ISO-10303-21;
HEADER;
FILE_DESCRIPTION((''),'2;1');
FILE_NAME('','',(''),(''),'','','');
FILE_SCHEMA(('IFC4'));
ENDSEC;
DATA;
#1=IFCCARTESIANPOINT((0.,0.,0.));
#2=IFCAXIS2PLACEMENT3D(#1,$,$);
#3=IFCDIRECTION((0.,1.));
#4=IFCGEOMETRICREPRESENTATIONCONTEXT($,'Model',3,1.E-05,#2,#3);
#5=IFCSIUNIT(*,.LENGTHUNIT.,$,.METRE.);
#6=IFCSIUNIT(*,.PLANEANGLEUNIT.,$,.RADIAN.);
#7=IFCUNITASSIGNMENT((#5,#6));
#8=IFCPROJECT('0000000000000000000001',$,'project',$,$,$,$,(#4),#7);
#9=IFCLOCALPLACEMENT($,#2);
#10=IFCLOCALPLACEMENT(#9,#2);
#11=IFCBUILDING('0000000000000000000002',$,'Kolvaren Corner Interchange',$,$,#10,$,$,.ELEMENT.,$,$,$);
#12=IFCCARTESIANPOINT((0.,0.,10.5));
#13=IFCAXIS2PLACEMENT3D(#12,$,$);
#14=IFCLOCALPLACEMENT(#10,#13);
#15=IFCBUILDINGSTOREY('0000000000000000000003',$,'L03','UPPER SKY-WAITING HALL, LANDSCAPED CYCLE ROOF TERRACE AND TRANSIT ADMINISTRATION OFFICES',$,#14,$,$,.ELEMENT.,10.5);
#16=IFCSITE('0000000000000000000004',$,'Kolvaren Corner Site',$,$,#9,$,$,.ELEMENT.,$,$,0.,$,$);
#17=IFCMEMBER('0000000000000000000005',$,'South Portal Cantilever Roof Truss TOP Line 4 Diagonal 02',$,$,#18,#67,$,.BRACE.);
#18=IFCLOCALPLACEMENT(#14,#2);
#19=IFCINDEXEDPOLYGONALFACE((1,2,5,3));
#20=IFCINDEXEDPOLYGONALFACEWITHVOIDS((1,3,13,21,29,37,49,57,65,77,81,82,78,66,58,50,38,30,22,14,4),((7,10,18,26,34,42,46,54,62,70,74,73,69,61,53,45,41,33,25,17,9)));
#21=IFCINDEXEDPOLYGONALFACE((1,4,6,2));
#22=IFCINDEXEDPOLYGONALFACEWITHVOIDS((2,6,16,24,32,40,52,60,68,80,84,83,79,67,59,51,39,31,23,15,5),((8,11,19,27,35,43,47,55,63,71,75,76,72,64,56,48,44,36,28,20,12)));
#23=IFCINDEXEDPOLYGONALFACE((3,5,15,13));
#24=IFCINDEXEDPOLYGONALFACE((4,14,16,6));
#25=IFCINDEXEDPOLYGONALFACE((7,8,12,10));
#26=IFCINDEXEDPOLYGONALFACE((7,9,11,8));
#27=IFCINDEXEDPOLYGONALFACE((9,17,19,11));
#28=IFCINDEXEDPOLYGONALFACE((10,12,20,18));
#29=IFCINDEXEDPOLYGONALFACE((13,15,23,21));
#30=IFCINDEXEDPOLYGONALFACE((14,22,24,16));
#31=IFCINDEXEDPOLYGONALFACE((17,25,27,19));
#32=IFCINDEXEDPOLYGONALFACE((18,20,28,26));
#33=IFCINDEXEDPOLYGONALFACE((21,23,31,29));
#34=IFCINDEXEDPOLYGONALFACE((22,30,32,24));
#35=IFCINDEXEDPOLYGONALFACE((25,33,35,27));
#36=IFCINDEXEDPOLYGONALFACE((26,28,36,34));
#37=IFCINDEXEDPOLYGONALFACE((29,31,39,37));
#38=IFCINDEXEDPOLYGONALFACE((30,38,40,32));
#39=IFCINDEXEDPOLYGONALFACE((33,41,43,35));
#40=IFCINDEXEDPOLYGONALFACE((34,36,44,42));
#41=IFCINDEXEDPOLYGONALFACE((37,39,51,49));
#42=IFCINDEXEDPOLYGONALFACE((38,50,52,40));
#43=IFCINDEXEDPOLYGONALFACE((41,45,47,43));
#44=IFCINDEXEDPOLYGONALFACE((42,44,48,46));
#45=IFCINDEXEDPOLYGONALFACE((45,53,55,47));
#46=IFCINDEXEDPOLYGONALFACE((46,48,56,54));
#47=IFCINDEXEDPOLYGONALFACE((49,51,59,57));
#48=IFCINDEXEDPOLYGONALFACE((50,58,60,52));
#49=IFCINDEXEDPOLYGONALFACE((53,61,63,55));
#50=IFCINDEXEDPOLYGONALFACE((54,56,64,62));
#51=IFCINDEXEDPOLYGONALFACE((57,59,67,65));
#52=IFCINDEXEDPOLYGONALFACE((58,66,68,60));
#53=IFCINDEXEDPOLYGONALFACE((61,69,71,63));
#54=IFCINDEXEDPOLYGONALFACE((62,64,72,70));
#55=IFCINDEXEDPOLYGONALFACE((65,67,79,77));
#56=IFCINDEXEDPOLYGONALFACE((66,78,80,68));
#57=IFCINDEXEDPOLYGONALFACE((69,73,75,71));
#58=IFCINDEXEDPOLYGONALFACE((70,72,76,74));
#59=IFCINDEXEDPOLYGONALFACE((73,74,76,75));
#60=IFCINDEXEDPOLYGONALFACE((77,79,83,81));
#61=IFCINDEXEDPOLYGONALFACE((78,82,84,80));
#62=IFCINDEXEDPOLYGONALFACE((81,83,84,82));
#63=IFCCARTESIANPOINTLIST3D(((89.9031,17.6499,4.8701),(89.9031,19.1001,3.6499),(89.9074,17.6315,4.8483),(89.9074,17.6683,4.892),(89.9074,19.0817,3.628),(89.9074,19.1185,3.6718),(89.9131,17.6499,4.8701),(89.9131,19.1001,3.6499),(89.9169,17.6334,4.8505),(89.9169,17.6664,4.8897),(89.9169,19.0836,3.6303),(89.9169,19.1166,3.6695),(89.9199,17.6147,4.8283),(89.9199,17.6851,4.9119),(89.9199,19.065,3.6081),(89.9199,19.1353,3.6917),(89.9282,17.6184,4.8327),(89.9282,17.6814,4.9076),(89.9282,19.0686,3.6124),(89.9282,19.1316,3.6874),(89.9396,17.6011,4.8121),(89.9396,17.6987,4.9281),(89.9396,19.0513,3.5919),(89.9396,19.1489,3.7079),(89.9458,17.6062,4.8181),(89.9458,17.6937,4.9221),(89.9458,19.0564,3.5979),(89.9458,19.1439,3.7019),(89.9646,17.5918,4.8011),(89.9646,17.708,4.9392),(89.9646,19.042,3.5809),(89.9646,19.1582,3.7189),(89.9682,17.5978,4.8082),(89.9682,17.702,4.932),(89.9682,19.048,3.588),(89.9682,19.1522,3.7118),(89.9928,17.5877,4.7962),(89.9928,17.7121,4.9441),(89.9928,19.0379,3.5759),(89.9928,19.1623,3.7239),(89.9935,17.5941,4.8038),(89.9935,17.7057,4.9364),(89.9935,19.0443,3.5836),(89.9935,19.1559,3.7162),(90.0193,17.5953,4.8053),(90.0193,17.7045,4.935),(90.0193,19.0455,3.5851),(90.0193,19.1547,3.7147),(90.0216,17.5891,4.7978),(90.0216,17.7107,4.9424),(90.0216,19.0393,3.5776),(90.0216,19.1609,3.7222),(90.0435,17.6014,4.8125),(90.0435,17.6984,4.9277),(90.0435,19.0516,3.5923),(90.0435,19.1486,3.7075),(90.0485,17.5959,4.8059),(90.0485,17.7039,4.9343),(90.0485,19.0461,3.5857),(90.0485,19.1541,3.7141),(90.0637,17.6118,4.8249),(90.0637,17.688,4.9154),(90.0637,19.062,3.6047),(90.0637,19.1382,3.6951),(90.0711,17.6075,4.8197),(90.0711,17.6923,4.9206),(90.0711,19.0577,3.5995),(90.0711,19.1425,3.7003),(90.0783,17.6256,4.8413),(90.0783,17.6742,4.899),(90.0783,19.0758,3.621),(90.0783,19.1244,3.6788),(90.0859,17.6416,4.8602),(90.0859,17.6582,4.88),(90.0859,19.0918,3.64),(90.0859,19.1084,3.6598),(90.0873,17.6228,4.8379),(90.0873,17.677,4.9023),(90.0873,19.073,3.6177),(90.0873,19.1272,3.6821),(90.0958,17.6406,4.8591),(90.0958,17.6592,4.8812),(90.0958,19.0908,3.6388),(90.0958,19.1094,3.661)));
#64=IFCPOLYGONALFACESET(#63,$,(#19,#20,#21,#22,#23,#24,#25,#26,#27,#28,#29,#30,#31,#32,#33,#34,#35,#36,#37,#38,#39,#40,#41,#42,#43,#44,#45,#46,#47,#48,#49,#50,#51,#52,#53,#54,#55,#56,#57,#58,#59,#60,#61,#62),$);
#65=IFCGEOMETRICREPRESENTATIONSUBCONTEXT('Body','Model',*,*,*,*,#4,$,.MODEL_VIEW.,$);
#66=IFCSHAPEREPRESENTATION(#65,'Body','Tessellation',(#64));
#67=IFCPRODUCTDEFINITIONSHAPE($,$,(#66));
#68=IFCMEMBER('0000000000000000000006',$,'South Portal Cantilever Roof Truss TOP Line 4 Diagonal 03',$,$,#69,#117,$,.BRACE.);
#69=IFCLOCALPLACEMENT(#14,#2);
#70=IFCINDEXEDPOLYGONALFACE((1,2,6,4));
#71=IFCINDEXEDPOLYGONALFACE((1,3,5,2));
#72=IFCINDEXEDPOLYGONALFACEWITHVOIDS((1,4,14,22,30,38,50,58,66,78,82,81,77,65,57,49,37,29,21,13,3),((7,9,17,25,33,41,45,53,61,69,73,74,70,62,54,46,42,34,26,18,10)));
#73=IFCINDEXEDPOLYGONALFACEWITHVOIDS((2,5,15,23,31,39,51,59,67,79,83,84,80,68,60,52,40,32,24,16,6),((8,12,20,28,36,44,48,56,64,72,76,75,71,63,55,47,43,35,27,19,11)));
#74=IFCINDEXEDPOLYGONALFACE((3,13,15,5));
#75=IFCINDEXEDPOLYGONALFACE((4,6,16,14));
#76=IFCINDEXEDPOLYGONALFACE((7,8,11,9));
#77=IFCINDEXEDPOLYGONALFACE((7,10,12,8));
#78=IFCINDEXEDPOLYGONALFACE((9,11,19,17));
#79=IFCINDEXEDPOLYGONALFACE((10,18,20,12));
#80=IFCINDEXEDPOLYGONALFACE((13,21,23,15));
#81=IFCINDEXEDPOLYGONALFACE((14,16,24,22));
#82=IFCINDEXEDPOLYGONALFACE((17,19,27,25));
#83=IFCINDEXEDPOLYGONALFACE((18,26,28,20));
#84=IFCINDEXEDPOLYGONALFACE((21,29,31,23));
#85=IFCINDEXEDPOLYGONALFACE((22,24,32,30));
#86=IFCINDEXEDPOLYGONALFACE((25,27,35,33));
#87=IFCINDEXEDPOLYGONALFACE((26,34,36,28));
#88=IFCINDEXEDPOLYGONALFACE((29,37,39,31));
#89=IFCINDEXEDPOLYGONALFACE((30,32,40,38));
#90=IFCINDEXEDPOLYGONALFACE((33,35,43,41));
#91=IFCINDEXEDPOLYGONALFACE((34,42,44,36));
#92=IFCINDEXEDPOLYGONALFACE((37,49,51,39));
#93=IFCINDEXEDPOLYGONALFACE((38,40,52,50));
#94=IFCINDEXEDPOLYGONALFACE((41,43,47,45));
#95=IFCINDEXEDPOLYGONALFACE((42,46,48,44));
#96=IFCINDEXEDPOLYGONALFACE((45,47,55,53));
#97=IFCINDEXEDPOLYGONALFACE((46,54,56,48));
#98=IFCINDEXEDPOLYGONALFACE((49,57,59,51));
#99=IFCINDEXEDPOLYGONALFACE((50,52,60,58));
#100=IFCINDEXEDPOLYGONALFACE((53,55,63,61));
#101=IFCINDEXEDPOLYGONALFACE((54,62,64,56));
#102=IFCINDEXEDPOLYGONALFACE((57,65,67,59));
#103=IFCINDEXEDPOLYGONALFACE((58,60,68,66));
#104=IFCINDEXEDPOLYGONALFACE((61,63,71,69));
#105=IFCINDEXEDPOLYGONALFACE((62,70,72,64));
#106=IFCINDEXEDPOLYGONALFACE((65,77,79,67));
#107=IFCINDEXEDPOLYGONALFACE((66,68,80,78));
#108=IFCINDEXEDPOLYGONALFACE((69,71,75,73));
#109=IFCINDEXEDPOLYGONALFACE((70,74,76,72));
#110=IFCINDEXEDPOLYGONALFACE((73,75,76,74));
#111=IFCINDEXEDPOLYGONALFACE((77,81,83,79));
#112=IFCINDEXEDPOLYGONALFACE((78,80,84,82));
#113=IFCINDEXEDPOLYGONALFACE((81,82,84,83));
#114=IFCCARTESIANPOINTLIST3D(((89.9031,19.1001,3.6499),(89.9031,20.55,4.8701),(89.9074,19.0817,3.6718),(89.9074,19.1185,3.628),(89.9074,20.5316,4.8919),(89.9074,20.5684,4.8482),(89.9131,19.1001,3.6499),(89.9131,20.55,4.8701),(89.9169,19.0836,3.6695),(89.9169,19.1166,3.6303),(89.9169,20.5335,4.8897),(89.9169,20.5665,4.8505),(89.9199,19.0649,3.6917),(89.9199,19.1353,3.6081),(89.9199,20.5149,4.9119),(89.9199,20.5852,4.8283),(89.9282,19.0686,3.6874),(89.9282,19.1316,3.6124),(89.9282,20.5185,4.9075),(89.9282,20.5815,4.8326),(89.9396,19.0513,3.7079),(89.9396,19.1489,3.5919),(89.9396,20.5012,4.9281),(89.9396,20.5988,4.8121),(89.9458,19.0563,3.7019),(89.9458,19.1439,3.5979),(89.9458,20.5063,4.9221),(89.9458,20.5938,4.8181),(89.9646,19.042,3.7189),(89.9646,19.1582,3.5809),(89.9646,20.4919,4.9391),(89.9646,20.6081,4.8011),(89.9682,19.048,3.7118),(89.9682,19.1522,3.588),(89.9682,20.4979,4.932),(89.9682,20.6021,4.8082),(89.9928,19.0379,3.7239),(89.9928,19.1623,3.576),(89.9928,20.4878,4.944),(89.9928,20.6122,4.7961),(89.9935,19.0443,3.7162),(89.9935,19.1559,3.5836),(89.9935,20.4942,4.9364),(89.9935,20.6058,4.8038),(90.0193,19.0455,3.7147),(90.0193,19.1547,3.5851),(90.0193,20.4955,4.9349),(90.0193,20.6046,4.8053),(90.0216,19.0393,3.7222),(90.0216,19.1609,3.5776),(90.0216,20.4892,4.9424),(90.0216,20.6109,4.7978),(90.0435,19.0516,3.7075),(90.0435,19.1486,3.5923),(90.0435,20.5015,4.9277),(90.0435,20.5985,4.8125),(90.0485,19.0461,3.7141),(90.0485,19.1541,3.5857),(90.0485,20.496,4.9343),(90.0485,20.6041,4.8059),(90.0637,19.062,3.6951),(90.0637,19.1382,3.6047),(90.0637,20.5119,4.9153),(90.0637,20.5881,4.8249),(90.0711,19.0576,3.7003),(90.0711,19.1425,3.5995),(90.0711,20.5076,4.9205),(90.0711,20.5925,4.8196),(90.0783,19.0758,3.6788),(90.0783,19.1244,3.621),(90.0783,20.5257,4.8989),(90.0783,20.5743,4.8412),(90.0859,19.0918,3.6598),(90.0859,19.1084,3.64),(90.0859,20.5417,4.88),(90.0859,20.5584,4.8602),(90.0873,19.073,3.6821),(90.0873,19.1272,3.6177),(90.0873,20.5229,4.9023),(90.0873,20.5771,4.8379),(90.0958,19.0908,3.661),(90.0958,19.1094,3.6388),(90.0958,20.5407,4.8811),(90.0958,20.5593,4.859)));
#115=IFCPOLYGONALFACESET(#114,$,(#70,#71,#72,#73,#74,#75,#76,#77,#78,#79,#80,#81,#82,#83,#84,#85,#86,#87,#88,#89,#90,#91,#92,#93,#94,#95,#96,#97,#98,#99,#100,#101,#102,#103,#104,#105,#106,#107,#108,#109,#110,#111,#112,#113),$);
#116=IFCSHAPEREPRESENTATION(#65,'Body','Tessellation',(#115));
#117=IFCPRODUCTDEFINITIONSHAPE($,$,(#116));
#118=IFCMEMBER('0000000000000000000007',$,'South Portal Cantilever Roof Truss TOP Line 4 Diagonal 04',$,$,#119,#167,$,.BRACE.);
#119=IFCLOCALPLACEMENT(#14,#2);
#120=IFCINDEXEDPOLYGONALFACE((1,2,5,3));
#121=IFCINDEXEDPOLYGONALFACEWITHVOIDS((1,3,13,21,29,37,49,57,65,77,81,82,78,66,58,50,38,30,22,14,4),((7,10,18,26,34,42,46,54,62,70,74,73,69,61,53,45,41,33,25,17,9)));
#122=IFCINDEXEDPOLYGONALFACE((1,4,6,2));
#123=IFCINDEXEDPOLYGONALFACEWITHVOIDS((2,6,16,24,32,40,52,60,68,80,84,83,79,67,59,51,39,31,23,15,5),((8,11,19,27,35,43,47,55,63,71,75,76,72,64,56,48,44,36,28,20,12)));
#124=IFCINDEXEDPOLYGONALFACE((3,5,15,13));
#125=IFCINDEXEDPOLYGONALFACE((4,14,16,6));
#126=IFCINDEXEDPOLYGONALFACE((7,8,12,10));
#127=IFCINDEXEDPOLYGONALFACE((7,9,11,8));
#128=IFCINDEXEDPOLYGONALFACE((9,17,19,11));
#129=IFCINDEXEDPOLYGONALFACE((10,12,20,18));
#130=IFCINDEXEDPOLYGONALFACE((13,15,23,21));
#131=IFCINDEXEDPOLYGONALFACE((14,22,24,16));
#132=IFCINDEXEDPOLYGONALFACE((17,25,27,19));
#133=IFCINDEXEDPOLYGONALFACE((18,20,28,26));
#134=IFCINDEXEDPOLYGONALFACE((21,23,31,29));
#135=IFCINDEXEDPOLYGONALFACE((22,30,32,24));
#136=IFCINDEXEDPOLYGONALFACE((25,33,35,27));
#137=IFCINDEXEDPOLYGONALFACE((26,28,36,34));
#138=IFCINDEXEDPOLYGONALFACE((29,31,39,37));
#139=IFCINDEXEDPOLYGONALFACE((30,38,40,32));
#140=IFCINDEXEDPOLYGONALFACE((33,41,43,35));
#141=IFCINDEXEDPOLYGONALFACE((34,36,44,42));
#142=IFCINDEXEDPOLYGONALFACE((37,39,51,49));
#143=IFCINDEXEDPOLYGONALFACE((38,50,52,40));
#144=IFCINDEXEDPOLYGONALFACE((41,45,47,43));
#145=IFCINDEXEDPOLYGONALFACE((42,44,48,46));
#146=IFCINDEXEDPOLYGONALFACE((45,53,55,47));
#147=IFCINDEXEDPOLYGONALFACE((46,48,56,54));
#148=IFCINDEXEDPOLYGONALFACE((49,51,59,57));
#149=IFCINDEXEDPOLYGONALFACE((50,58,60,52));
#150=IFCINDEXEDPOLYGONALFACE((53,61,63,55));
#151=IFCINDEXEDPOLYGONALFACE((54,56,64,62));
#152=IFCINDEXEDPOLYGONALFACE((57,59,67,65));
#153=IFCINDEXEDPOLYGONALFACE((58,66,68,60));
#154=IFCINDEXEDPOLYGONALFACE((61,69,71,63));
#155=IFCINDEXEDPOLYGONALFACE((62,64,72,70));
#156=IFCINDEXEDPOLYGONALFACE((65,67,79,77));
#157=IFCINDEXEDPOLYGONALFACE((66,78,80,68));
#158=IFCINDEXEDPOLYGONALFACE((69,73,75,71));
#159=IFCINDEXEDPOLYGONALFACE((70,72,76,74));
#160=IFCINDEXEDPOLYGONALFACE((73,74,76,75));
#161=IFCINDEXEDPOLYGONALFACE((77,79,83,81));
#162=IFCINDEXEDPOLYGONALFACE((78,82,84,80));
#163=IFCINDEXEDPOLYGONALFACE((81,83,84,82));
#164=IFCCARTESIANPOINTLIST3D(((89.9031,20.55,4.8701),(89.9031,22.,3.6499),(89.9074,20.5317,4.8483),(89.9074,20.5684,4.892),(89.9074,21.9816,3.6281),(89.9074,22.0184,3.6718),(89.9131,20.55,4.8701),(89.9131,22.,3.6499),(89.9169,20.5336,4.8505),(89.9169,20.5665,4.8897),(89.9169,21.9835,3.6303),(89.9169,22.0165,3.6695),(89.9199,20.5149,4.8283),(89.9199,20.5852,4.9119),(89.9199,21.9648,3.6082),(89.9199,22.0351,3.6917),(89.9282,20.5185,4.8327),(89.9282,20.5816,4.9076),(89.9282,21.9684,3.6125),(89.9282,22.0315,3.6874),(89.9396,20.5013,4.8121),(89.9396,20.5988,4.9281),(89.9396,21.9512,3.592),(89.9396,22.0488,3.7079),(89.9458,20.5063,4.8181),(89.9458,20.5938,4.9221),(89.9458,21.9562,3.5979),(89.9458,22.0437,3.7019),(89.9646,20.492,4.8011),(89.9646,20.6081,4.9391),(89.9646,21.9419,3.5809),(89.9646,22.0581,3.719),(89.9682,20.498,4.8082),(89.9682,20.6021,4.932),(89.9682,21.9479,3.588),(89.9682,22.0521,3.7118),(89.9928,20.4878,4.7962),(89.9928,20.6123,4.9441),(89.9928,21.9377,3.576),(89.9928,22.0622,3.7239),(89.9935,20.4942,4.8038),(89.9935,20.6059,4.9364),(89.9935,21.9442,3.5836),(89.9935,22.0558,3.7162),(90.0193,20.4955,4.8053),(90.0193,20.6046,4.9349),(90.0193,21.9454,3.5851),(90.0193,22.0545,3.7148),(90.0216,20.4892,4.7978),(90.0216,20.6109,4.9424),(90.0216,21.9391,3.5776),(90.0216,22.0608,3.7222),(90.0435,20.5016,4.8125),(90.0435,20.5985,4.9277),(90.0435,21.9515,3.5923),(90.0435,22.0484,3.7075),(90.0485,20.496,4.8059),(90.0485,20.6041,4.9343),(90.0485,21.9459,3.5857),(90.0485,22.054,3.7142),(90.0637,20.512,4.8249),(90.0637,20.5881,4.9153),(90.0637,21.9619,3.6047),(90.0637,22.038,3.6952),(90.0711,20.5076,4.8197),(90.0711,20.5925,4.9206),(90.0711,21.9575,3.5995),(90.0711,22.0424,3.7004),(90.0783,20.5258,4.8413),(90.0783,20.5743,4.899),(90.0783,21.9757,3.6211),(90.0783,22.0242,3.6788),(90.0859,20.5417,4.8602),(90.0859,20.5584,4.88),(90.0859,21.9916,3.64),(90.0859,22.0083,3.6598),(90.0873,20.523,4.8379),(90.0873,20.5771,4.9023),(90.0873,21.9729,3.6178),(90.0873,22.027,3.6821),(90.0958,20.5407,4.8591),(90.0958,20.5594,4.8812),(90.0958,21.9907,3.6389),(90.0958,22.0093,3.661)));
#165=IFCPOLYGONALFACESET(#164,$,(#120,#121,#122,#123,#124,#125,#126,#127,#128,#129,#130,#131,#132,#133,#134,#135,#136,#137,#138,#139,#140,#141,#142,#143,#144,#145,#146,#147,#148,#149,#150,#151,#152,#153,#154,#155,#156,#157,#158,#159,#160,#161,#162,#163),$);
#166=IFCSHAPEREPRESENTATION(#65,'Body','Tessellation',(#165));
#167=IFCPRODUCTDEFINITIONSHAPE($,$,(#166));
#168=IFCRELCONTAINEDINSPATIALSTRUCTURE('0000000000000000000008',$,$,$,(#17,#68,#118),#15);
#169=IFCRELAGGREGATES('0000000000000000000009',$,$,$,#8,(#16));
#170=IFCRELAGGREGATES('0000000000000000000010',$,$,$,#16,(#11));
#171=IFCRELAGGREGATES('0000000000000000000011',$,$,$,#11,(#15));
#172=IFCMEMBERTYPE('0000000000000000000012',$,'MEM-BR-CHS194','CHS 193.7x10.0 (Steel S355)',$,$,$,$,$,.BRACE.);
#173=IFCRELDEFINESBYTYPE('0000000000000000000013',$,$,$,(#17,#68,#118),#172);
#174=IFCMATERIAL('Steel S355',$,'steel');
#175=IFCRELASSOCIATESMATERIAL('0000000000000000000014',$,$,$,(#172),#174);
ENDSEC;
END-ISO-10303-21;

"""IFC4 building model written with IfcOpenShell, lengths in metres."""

from ifc_helpers import new_model, si_unit, direction, frame, origin, origin_2d, place, context, subcontext, project, spatial, hollow_circle, extrude, material, material_profile, profile_set, type_object, element, save


model = new_model("IFC4")

# Units and contexts
model_context = context("Model", 3, precision=1e-05, world=origin(), true_north=direction((0.0, 1.0)))
body_context = subcontext(model_context, "Body", "Model", "MODEL_VIEW")
ifc_project = project(units=[si_unit("LENGTHUNIT", "METRE"), si_unit("PLANEANGLEUNIT", "RADIAN")], contexts=[model_context])

# Site, building, storey
site_placement = place(None, origin())
site = spatial("IfcSite", under=ifc_project, at=site_placement, Name="Kolvaren Corner Site", CompositionType="ELEMENT", RefElevation=0.0)
building_placement = place(site_placement, origin())
building = spatial("IfcBuilding", under=site, at=building_placement, Name="Kolvaren Corner Interchange", CompositionType="ELEMENT")
storey_placement = place(building_placement, frame((0.0, 0.0, 10.5)))
storey = spatial("IfcBuildingStorey", under=building, at=storey_placement, Name="L03", Description="UPPER SKY-WAITING HALL, LANDSCAPED CYCLE ROOF TERRACE AND TRANSIT ADMINISTRATION OFFICES", CompositionType="ELEMENT", Elevation=10.5)

# Members
ifc_material_1 = material(Name="Steel S355", Category="steel")
ifc_material_profile_1 = material_profile(ifc_material_1, hollow_circle(Radius=0.0969, WallThickness=0.01, at=origin_2d()), Name="CHS 193.7x10.0")
ifc_profile_set_1 = profile_set([ifc_material_profile_1], Name="Steel S355")
member_type_1 = type_object("IfcMemberType", Name="MEM-BR-CHS194", Description="CHS 193.7x10.0 (Steel S355)", PredefinedType="BRACE", material=ifc_profile_set_1)
member_1_placement = place(storey_placement, frame((90.0, 17.6499, 4.8701), z_axis=(0.0, 0.765172, -0.643826), x_axis=(-1.0, 0.0, 0.0)))
element("IfcMember", 1, at=member_1_placement, inside=storey, type_object=member_type_1, Name="South Portal Cantilever Roof Truss TOP Line 4 Diagonal 02", PredefinedType="BRACE", context=body_context, shape_type="SweptSolid", body=[
    extrude(hollow_circle(Radius=0.0969, WallThickness=0.01, at=origin_2d()), origin(), (0.0, 0.0, 1.0), 1.8953),
])
for number, where, z_axis, x_axis, name in (
    (2, (90.0, 19.1001, 3.6499), (0.0, 0.765118, 0.64389), (-1.0, 0.0, 0.0), "South Portal Cantilever Roof Truss TOP Line 4 Diagonal 03"),
    (3, (90.0, 20.55, 4.8701), (0.0, 0.765118, -0.64389), (-1.0, 0.0, 0.0), "South Portal Cantilever Roof Truss TOP Line 4 Diagonal 04"),
):
    element("IfcMember", number, at=place(storey_placement, frame(where, z_axis=z_axis, x_axis=x_axis)), inside=storey, type_object=member_type_1, Name=name, PredefinedType="BRACE", context=body_context, shape_type="SweptSolid", body=[
        extrude(hollow_circle(Radius=0.0969, WallThickness=0.01, at=origin_2d()), origin(), (0.0, 0.0, 1.0), 1.895),
    ])

save(model, "model.ifc")
